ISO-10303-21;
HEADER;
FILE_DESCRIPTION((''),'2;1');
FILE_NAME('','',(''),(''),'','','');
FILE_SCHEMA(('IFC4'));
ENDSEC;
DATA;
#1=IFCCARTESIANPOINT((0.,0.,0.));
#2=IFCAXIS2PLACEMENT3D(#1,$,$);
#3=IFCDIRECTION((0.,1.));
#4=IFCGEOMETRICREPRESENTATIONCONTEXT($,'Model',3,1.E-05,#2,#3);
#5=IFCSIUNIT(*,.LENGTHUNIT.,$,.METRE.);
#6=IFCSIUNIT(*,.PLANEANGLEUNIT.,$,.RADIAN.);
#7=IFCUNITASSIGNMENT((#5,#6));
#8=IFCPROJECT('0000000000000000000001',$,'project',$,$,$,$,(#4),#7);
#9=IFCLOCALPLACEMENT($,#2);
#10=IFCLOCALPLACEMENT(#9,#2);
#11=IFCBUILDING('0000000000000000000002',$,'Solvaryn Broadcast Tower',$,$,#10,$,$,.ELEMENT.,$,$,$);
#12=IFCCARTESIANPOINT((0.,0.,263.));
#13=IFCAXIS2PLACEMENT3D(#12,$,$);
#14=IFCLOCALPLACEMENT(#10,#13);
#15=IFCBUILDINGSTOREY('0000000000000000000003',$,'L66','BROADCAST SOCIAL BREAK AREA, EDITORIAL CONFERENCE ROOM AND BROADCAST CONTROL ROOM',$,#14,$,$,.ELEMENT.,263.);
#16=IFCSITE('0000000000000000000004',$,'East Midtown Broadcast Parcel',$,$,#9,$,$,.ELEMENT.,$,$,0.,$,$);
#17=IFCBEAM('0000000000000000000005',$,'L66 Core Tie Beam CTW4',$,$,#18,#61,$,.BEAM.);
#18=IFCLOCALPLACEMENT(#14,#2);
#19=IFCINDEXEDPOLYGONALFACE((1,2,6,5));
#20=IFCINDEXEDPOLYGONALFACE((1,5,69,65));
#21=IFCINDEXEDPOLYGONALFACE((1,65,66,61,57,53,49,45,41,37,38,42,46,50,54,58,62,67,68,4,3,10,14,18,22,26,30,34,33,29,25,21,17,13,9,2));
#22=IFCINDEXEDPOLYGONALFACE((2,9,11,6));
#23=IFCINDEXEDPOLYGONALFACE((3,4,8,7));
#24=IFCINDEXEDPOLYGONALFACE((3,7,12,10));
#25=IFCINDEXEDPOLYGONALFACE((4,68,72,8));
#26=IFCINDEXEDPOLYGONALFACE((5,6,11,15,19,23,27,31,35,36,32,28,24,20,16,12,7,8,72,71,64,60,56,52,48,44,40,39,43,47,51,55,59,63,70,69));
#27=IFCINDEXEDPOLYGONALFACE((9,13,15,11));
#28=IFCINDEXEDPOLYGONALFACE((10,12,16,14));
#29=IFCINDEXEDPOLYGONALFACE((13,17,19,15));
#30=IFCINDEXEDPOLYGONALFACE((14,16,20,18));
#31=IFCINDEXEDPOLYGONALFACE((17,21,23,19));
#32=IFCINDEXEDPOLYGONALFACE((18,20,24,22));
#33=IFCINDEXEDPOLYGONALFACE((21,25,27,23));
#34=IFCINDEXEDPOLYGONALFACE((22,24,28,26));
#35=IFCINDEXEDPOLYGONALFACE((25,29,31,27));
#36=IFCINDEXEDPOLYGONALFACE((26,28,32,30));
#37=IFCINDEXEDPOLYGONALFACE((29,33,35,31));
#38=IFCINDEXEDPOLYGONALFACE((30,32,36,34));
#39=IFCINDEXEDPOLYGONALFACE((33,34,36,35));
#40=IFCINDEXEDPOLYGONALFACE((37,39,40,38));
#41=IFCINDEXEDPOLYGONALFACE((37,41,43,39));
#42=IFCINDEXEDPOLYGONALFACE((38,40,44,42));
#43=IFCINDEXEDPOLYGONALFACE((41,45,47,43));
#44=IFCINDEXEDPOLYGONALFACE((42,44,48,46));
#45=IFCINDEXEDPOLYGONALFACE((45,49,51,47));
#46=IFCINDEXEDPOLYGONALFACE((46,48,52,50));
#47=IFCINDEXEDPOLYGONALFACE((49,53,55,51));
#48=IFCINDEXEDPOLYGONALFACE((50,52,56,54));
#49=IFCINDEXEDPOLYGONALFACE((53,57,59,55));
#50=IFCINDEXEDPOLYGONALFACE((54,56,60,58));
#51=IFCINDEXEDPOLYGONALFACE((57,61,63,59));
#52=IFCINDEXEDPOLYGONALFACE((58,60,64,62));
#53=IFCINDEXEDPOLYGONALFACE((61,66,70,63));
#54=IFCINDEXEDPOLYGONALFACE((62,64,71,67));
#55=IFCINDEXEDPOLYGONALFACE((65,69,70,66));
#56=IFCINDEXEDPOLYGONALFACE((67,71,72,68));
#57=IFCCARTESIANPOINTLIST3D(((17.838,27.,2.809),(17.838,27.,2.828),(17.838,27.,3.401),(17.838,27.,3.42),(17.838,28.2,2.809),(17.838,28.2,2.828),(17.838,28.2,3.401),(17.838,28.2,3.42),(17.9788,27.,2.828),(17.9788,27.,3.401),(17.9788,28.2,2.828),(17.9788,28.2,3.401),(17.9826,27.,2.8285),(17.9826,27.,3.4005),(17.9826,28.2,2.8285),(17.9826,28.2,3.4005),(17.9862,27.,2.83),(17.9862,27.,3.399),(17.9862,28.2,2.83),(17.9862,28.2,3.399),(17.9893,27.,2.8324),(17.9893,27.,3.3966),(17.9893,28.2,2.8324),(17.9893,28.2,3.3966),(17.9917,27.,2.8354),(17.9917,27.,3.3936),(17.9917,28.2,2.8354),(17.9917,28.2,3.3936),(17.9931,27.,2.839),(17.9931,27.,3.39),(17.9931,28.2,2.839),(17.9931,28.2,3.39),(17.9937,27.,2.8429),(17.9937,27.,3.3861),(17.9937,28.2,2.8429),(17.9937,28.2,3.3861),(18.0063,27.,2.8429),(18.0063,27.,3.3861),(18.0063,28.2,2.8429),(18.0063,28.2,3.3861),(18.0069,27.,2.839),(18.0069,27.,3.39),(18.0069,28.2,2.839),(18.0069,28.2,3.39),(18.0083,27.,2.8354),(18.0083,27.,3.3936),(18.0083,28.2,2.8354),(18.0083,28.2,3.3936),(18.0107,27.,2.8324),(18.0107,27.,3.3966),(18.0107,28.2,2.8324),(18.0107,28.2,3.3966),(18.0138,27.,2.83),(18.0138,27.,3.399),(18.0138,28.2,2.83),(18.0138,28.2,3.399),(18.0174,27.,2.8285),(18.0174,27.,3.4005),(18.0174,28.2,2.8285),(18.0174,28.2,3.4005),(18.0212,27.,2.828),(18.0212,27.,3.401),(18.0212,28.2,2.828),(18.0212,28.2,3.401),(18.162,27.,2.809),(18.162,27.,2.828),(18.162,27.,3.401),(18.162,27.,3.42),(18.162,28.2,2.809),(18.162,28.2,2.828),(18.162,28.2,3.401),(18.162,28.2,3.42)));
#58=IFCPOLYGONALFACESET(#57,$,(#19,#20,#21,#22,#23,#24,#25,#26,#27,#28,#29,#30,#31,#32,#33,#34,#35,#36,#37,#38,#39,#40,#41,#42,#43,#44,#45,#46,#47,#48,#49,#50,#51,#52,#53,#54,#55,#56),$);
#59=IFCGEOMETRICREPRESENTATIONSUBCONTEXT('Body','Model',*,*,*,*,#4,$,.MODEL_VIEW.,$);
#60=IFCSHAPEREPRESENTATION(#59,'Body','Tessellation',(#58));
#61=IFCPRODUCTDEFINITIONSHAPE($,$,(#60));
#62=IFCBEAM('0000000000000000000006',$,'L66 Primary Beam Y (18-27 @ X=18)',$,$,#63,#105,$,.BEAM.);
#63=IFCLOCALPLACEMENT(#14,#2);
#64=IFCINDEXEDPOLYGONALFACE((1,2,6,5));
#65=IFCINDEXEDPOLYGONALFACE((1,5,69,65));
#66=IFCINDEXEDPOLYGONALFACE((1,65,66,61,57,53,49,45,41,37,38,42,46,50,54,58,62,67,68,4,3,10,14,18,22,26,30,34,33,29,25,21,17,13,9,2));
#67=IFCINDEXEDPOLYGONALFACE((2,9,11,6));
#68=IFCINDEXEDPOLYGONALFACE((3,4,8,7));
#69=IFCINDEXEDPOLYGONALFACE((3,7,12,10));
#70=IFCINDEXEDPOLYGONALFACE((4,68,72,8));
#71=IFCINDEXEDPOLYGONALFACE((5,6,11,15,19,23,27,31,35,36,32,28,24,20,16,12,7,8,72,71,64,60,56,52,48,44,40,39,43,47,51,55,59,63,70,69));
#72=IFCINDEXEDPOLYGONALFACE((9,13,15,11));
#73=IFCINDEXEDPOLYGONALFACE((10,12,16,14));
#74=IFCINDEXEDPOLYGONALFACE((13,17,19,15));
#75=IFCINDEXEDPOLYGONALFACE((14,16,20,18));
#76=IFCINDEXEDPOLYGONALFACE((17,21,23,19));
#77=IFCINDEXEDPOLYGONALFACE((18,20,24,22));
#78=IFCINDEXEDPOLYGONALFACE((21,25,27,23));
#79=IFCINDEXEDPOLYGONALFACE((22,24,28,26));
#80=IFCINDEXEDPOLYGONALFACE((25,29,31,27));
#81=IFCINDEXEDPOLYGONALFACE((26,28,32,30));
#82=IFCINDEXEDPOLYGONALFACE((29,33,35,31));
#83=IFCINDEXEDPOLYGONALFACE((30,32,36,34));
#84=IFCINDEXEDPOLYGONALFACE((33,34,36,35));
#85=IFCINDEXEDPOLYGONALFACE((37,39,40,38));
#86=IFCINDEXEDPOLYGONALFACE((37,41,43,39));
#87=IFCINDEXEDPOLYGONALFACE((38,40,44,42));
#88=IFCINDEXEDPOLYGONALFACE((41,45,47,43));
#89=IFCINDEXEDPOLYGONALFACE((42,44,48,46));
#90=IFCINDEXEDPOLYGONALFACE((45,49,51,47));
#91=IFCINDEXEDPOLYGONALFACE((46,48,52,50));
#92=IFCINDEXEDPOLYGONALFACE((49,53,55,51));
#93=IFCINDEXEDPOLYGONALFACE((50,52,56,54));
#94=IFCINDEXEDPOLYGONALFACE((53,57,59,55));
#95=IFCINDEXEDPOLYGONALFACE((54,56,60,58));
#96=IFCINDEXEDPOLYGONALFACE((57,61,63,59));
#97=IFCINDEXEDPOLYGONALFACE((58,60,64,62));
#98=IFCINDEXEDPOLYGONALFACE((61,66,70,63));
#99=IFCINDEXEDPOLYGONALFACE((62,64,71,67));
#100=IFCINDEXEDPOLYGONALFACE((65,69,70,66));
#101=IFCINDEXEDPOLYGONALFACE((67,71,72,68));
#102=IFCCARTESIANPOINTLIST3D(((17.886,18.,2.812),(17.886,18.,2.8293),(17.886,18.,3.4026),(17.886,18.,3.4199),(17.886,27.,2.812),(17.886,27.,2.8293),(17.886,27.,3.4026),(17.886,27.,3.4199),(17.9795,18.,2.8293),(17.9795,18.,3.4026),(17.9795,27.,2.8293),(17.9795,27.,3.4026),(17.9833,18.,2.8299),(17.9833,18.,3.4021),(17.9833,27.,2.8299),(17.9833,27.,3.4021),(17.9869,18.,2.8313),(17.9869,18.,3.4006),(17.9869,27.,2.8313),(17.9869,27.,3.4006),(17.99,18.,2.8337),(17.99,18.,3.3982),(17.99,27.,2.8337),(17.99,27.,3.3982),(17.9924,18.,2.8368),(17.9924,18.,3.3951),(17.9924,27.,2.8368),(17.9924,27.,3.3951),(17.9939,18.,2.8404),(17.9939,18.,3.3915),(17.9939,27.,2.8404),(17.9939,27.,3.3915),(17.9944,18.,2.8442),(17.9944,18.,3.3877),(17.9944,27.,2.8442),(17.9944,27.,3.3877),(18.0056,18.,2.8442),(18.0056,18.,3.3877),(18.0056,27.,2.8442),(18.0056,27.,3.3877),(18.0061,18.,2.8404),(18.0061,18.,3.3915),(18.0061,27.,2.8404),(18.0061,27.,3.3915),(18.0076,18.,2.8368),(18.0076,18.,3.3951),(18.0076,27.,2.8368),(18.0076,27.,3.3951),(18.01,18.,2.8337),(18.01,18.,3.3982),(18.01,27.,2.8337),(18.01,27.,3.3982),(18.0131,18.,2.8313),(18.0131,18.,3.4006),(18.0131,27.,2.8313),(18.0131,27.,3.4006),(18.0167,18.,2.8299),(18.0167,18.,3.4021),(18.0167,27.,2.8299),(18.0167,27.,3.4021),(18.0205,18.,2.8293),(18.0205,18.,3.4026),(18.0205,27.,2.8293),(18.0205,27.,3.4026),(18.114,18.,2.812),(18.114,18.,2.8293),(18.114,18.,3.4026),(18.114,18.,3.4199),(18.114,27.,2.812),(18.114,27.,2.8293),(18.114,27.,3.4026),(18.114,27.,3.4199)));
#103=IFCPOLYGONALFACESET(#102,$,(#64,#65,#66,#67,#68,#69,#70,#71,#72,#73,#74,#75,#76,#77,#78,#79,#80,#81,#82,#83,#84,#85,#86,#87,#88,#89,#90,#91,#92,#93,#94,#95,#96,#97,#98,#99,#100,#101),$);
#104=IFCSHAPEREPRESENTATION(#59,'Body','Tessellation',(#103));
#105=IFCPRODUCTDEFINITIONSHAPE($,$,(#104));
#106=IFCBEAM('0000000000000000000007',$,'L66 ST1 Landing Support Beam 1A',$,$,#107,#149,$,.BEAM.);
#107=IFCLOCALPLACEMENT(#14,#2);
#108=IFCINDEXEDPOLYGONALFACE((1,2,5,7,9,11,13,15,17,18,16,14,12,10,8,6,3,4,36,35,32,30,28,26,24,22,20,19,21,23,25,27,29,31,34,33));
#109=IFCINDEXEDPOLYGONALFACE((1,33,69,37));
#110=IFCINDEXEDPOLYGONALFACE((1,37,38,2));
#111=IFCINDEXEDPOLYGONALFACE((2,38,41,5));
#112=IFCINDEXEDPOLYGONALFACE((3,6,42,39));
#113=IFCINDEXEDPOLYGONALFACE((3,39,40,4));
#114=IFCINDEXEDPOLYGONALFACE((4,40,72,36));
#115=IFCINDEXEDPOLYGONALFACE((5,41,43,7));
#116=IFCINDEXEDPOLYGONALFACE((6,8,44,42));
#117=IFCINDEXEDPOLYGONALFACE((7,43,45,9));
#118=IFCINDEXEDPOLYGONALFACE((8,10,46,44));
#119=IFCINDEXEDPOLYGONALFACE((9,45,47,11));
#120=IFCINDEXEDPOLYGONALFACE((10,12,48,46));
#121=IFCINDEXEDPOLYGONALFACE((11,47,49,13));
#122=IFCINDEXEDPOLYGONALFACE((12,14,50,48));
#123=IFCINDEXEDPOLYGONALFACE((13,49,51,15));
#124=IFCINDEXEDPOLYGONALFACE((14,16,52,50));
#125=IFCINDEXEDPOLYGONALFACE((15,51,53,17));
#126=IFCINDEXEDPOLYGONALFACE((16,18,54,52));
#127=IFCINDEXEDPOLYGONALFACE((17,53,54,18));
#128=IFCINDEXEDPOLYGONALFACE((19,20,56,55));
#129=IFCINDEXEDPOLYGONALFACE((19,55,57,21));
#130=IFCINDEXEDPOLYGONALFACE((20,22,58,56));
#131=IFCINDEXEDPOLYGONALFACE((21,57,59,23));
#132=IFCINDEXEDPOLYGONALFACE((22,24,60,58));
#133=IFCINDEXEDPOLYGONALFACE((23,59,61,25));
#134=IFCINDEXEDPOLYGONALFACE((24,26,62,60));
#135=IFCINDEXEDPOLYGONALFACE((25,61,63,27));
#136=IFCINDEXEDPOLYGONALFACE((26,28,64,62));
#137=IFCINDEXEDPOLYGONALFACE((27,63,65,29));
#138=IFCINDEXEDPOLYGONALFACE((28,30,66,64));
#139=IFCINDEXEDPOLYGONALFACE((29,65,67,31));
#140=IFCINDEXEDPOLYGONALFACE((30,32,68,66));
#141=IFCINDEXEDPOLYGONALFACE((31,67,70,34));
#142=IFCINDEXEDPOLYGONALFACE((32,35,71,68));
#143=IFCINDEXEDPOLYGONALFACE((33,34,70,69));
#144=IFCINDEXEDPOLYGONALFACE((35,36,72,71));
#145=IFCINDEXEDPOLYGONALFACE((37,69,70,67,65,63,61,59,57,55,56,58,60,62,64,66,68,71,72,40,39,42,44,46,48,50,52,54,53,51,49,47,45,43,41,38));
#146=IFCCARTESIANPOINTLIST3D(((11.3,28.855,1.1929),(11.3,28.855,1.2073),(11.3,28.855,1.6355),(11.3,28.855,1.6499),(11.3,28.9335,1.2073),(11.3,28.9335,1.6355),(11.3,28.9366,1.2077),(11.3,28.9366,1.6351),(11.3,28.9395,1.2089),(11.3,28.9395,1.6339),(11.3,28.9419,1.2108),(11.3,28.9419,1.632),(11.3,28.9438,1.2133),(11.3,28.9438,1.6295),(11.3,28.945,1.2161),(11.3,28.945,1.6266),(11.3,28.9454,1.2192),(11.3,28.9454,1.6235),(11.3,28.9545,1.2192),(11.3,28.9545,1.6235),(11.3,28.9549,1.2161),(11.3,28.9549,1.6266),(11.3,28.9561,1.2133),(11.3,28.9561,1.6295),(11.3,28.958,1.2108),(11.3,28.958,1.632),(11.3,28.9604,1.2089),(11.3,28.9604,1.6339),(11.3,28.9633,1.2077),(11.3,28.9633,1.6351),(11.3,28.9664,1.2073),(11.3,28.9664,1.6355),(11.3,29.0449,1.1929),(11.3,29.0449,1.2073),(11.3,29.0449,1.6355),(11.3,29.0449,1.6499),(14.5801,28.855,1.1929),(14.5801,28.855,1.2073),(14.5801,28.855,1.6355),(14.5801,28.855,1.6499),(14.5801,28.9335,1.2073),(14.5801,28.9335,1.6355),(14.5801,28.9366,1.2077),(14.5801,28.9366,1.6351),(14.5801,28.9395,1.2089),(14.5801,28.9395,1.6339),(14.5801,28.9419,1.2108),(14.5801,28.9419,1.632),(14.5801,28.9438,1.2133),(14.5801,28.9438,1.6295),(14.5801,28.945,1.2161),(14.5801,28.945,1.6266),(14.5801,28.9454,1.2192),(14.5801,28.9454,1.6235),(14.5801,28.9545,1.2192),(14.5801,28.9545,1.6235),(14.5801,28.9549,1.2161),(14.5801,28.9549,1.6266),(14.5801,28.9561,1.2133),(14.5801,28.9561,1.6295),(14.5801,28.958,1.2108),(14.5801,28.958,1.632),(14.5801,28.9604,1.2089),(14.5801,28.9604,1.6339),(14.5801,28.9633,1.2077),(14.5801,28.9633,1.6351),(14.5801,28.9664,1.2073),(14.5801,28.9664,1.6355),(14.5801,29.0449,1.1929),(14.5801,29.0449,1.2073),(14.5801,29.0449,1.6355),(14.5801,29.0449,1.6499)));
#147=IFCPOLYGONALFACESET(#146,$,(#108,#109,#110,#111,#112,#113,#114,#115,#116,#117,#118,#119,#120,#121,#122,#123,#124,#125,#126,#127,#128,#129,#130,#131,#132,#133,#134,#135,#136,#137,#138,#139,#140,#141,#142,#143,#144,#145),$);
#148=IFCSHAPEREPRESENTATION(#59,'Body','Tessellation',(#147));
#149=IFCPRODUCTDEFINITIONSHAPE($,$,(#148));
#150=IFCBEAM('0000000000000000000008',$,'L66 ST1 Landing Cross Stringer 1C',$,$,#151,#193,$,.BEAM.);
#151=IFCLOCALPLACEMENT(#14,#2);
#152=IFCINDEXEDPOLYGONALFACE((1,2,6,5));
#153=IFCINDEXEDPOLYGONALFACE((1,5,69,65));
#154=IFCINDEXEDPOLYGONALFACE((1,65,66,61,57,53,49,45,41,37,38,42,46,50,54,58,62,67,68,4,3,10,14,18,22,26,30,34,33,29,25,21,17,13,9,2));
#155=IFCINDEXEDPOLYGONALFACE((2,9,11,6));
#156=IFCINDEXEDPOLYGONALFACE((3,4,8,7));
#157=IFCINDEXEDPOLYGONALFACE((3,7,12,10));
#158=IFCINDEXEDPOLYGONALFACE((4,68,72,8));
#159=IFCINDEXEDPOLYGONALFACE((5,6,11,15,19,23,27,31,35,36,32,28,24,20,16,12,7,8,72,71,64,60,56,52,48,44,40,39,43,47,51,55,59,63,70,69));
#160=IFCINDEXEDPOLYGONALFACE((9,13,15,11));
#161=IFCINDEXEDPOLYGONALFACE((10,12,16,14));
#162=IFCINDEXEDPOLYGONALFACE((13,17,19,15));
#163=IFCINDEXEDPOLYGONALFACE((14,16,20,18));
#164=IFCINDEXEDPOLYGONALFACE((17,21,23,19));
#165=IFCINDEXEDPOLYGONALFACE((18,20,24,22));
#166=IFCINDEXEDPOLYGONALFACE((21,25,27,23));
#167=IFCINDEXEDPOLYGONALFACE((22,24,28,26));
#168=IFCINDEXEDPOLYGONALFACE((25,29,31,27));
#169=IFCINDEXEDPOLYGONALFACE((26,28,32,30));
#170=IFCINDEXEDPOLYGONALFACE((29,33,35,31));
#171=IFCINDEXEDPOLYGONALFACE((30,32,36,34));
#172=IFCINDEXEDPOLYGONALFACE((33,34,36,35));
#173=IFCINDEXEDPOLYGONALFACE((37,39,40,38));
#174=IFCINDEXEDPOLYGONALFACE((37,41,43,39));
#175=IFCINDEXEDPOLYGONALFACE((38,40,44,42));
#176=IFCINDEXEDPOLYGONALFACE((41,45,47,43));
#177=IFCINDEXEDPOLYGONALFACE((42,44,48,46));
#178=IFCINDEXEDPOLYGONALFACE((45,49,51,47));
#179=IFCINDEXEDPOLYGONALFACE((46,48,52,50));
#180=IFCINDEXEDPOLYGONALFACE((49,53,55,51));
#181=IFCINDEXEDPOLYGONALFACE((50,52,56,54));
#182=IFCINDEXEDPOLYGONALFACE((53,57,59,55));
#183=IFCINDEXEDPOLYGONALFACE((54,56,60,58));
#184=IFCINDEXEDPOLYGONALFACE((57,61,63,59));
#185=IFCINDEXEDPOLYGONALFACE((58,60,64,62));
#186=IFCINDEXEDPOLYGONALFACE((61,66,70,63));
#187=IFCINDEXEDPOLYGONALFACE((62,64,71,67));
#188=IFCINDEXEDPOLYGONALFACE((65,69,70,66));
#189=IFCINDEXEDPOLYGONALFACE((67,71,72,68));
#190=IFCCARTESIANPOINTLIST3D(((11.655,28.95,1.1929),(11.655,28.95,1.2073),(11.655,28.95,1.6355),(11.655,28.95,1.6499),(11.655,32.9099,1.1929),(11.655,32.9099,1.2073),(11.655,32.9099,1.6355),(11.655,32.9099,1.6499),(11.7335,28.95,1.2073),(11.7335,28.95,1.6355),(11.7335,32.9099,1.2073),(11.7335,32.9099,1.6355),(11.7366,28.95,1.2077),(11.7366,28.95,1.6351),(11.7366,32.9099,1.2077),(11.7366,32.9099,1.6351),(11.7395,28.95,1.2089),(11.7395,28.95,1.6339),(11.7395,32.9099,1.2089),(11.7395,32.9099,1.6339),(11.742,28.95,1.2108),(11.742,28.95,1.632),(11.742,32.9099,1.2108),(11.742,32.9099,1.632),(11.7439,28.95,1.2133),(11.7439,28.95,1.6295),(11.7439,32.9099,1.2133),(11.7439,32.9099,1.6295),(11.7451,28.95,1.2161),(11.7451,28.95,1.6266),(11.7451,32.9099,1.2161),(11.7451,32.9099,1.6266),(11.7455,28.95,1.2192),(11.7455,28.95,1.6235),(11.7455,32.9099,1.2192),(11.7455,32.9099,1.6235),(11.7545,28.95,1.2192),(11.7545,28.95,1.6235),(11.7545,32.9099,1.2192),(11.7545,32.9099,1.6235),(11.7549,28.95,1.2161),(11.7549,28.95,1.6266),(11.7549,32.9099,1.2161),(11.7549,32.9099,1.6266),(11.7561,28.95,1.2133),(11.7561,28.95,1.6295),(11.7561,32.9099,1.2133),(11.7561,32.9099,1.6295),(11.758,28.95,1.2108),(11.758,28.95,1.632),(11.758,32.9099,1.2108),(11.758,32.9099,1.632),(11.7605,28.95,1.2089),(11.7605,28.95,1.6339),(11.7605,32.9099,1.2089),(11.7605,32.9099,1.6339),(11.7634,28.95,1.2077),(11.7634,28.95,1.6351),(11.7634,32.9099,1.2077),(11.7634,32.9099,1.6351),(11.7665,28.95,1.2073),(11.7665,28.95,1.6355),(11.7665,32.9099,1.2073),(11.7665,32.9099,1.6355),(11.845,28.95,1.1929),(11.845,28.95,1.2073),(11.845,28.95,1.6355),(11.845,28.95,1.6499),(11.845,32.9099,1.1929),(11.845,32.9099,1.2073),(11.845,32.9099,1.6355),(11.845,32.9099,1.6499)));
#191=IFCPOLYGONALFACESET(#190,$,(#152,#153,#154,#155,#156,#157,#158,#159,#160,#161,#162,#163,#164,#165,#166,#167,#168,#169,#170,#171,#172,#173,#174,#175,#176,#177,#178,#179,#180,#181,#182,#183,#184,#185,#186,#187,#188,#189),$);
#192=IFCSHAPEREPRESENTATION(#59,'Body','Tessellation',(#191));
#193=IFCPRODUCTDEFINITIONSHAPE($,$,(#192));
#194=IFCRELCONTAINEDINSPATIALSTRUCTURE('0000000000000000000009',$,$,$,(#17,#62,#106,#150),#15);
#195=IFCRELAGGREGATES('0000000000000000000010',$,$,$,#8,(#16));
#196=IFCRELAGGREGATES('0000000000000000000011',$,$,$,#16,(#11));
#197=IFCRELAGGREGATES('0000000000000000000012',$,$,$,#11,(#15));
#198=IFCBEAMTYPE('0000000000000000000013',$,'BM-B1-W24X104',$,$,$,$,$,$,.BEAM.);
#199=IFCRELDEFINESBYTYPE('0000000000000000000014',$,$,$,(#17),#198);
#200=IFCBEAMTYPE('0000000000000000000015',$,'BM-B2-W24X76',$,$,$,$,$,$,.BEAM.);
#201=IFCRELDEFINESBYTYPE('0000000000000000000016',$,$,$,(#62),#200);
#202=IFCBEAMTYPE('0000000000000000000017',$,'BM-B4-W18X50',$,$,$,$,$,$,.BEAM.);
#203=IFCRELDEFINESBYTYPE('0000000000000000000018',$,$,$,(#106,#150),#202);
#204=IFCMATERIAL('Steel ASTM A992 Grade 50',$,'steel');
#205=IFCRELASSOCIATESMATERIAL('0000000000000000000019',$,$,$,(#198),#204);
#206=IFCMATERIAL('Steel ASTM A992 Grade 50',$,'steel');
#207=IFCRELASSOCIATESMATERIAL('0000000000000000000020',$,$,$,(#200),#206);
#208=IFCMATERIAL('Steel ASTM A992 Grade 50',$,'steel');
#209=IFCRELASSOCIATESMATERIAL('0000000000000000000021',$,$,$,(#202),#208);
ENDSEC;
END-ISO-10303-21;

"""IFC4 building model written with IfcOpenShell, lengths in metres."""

from ifc_helpers import new_model, si_unit, direction, frame, origin, origin_2d, place, context, subcontext, project, spatial, i_section, extrude, material, material_profile, profile_set, type_object, element, save


model = new_model("IFC4")

# Units and contexts
model_context = context("Model", 3, precision=1e-05, world=origin(), true_north=direction((0.0, 1.0)))
body_context = subcontext(model_context, "Body", "Model", "MODEL_VIEW")
ifc_project = project(units=[si_unit("LENGTHUNIT", "METRE"), si_unit("PLANEANGLEUNIT", "RADIAN")], contexts=[model_context])

# Site, building, storey
site_placement = place(None, origin())
site = spatial("IfcSite", under=ifc_project, at=site_placement, Name="East Midtown Broadcast Parcel", CompositionType="ELEMENT", RefElevation=0.0)
building_placement = place(site_placement, origin())
building = spatial("IfcBuilding", under=site, at=building_placement, Name="Solvaryn Broadcast Tower", CompositionType="ELEMENT")
storey_placement = place(building_placement, frame((0.0, 0.0, 263.0)))
storey = spatial("IfcBuildingStorey", under=building, at=storey_placement, Name="L66", Description="BROADCAST SOCIAL BREAK AREA, EDITORIAL CONFERENCE ROOM AND BROADCAST CONTROL ROOM", CompositionType="ELEMENT", Elevation=263.0)

# Beams
ifc_material_1 = material(Name="Steel ASTM A992 Grade 50", Category="steel")
ifc_material_profile_1 = material_profile(ifc_material_1, i_section(OverallWidth=0.324, OverallDepth=0.6111, WebThickness=0.0127, FlangeThickness=0.019, FilletRadius=0.0149, at=origin_2d()))
ifc_profile_set_1 = profile_set([ifc_material_profile_1], Name="Steel ASTM A992 Grade 50")
beam_type_1 = type_object("IfcBeamType", Name="BM-B1-W24X104", PredefinedType="BEAM", material=ifc_profile_set_1)
beam_1_placement = place(storey_placement, frame((18.0, 27.0, 3.1145), z_axis=(0.0, 1.0, 0.0), x_axis=(-1.0, 0.0, 0.0)))
element("IfcBeam", 1, at=beam_1_placement, inside=storey, type_object=beam_type_1, Name="L66 Core Tie Beam CTW4", PredefinedType="BEAM", context=body_context, shape_type="SweptSolid", body=[
    extrude(i_section(OverallWidth=0.324, OverallDepth=0.6111, WebThickness=0.0127, FlangeThickness=0.019, FilletRadius=0.0149, at=origin_2d()), origin(), (0.0, 0.0, 1.0), 1.2),
])
ifc_material_2 = material(Name="Steel ASTM A992 Grade 50", Category="steel")
ifc_material_profile_2 = material_profile(ifc_material_2, i_section(OverallWidth=0.228, OverallDepth=0.6079, WebThickness=0.0112, FlangeThickness=0.0173, FilletRadius=0.0149, at=origin_2d()))
ifc_profile_set_2 = profile_set([ifc_material_profile_2], Name="Steel ASTM A992 Grade 50")
beam_type_2 = type_object("IfcBeamType", Name="BM-B2-W24X76", PredefinedType="BEAM", material=ifc_profile_set_2)
beam_2_placement = place(storey_placement, frame((18.0, 18.0, 3.116), z_axis=(0.0, 1.0, 0.0), x_axis=(-1.0, 0.0, 0.0)))
element("IfcBeam", 2, at=beam_2_placement, inside=storey, type_object=beam_type_2, Name="L66 Primary Beam Y (18-27 @ X=18)", PredefinedType="BEAM", context=body_context, shape_type="SweptSolid", body=[
    extrude(i_section(OverallWidth=0.228, OverallDepth=0.6079, WebThickness=0.0112, FlangeThickness=0.0173, FilletRadius=0.0149, at=origin_2d()), origin(), (0.0, 0.0, 1.0), 9.0),
])
ifc_material_3 = material(Name="Steel ASTM A992 Grade 50", Category="steel")
ifc_material_profile_3 = material_profile(ifc_material_3, i_section(OverallWidth=0.1899, OverallDepth=0.457, WebThickness=0.009, FlangeThickness=0.0144, FilletRadius=0.012, at=origin_2d()))
ifc_profile_set_3 = profile_set([ifc_material_profile_3], Name="Steel ASTM A992 Grade 50")
beam_type_3 = type_object("IfcBeamType", Name="BM-B4-W18X50", PredefinedType="BEAM", material=ifc_profile_set_3)
beam_3_placement = place(storey_placement, frame((11.3, 28.95, 1.4214), z_axis=(1.0, 0.0, 0.0), x_axis=(0.0, 1.0, 0.0)))
element("IfcBeam", 3, at=beam_3_placement, inside=storey, type_object=beam_type_3, Name="L66 ST1 Landing Support Beam 1A", PredefinedType="BEAM", context=body_context, shape_type="SweptSolid", body=[
    extrude(i_section(OverallWidth=0.1899, OverallDepth=0.457, WebThickness=0.009, FlangeThickness=0.0144, FilletRadius=0.012, at=origin_2d()), origin(), (0.0, 0.0, 1.0), 3.28),
])
beam_4_placement = place(storey_placement, frame((11.75, 28.95, 1.4214), z_axis=(0.0, 1.0, 0.0), x_axis=(-1.0, 0.0, 0.0)))
element("IfcBeam", 4, at=beam_4_placement, inside=storey, type_object=beam_type_3, Name="L66 ST1 Landing Cross Stringer 1C", PredefinedType="BEAM", context=body_context, shape_type="SweptSolid", body=[
    extrude(i_section(OverallWidth=0.1899, OverallDepth=0.457, WebThickness=0.009, FlangeThickness=0.0144, FilletRadius=0.012, at=origin_2d()), origin(), (0.0, 0.0, 1.0), 3.96),
])

save(model, "model.ifc")
